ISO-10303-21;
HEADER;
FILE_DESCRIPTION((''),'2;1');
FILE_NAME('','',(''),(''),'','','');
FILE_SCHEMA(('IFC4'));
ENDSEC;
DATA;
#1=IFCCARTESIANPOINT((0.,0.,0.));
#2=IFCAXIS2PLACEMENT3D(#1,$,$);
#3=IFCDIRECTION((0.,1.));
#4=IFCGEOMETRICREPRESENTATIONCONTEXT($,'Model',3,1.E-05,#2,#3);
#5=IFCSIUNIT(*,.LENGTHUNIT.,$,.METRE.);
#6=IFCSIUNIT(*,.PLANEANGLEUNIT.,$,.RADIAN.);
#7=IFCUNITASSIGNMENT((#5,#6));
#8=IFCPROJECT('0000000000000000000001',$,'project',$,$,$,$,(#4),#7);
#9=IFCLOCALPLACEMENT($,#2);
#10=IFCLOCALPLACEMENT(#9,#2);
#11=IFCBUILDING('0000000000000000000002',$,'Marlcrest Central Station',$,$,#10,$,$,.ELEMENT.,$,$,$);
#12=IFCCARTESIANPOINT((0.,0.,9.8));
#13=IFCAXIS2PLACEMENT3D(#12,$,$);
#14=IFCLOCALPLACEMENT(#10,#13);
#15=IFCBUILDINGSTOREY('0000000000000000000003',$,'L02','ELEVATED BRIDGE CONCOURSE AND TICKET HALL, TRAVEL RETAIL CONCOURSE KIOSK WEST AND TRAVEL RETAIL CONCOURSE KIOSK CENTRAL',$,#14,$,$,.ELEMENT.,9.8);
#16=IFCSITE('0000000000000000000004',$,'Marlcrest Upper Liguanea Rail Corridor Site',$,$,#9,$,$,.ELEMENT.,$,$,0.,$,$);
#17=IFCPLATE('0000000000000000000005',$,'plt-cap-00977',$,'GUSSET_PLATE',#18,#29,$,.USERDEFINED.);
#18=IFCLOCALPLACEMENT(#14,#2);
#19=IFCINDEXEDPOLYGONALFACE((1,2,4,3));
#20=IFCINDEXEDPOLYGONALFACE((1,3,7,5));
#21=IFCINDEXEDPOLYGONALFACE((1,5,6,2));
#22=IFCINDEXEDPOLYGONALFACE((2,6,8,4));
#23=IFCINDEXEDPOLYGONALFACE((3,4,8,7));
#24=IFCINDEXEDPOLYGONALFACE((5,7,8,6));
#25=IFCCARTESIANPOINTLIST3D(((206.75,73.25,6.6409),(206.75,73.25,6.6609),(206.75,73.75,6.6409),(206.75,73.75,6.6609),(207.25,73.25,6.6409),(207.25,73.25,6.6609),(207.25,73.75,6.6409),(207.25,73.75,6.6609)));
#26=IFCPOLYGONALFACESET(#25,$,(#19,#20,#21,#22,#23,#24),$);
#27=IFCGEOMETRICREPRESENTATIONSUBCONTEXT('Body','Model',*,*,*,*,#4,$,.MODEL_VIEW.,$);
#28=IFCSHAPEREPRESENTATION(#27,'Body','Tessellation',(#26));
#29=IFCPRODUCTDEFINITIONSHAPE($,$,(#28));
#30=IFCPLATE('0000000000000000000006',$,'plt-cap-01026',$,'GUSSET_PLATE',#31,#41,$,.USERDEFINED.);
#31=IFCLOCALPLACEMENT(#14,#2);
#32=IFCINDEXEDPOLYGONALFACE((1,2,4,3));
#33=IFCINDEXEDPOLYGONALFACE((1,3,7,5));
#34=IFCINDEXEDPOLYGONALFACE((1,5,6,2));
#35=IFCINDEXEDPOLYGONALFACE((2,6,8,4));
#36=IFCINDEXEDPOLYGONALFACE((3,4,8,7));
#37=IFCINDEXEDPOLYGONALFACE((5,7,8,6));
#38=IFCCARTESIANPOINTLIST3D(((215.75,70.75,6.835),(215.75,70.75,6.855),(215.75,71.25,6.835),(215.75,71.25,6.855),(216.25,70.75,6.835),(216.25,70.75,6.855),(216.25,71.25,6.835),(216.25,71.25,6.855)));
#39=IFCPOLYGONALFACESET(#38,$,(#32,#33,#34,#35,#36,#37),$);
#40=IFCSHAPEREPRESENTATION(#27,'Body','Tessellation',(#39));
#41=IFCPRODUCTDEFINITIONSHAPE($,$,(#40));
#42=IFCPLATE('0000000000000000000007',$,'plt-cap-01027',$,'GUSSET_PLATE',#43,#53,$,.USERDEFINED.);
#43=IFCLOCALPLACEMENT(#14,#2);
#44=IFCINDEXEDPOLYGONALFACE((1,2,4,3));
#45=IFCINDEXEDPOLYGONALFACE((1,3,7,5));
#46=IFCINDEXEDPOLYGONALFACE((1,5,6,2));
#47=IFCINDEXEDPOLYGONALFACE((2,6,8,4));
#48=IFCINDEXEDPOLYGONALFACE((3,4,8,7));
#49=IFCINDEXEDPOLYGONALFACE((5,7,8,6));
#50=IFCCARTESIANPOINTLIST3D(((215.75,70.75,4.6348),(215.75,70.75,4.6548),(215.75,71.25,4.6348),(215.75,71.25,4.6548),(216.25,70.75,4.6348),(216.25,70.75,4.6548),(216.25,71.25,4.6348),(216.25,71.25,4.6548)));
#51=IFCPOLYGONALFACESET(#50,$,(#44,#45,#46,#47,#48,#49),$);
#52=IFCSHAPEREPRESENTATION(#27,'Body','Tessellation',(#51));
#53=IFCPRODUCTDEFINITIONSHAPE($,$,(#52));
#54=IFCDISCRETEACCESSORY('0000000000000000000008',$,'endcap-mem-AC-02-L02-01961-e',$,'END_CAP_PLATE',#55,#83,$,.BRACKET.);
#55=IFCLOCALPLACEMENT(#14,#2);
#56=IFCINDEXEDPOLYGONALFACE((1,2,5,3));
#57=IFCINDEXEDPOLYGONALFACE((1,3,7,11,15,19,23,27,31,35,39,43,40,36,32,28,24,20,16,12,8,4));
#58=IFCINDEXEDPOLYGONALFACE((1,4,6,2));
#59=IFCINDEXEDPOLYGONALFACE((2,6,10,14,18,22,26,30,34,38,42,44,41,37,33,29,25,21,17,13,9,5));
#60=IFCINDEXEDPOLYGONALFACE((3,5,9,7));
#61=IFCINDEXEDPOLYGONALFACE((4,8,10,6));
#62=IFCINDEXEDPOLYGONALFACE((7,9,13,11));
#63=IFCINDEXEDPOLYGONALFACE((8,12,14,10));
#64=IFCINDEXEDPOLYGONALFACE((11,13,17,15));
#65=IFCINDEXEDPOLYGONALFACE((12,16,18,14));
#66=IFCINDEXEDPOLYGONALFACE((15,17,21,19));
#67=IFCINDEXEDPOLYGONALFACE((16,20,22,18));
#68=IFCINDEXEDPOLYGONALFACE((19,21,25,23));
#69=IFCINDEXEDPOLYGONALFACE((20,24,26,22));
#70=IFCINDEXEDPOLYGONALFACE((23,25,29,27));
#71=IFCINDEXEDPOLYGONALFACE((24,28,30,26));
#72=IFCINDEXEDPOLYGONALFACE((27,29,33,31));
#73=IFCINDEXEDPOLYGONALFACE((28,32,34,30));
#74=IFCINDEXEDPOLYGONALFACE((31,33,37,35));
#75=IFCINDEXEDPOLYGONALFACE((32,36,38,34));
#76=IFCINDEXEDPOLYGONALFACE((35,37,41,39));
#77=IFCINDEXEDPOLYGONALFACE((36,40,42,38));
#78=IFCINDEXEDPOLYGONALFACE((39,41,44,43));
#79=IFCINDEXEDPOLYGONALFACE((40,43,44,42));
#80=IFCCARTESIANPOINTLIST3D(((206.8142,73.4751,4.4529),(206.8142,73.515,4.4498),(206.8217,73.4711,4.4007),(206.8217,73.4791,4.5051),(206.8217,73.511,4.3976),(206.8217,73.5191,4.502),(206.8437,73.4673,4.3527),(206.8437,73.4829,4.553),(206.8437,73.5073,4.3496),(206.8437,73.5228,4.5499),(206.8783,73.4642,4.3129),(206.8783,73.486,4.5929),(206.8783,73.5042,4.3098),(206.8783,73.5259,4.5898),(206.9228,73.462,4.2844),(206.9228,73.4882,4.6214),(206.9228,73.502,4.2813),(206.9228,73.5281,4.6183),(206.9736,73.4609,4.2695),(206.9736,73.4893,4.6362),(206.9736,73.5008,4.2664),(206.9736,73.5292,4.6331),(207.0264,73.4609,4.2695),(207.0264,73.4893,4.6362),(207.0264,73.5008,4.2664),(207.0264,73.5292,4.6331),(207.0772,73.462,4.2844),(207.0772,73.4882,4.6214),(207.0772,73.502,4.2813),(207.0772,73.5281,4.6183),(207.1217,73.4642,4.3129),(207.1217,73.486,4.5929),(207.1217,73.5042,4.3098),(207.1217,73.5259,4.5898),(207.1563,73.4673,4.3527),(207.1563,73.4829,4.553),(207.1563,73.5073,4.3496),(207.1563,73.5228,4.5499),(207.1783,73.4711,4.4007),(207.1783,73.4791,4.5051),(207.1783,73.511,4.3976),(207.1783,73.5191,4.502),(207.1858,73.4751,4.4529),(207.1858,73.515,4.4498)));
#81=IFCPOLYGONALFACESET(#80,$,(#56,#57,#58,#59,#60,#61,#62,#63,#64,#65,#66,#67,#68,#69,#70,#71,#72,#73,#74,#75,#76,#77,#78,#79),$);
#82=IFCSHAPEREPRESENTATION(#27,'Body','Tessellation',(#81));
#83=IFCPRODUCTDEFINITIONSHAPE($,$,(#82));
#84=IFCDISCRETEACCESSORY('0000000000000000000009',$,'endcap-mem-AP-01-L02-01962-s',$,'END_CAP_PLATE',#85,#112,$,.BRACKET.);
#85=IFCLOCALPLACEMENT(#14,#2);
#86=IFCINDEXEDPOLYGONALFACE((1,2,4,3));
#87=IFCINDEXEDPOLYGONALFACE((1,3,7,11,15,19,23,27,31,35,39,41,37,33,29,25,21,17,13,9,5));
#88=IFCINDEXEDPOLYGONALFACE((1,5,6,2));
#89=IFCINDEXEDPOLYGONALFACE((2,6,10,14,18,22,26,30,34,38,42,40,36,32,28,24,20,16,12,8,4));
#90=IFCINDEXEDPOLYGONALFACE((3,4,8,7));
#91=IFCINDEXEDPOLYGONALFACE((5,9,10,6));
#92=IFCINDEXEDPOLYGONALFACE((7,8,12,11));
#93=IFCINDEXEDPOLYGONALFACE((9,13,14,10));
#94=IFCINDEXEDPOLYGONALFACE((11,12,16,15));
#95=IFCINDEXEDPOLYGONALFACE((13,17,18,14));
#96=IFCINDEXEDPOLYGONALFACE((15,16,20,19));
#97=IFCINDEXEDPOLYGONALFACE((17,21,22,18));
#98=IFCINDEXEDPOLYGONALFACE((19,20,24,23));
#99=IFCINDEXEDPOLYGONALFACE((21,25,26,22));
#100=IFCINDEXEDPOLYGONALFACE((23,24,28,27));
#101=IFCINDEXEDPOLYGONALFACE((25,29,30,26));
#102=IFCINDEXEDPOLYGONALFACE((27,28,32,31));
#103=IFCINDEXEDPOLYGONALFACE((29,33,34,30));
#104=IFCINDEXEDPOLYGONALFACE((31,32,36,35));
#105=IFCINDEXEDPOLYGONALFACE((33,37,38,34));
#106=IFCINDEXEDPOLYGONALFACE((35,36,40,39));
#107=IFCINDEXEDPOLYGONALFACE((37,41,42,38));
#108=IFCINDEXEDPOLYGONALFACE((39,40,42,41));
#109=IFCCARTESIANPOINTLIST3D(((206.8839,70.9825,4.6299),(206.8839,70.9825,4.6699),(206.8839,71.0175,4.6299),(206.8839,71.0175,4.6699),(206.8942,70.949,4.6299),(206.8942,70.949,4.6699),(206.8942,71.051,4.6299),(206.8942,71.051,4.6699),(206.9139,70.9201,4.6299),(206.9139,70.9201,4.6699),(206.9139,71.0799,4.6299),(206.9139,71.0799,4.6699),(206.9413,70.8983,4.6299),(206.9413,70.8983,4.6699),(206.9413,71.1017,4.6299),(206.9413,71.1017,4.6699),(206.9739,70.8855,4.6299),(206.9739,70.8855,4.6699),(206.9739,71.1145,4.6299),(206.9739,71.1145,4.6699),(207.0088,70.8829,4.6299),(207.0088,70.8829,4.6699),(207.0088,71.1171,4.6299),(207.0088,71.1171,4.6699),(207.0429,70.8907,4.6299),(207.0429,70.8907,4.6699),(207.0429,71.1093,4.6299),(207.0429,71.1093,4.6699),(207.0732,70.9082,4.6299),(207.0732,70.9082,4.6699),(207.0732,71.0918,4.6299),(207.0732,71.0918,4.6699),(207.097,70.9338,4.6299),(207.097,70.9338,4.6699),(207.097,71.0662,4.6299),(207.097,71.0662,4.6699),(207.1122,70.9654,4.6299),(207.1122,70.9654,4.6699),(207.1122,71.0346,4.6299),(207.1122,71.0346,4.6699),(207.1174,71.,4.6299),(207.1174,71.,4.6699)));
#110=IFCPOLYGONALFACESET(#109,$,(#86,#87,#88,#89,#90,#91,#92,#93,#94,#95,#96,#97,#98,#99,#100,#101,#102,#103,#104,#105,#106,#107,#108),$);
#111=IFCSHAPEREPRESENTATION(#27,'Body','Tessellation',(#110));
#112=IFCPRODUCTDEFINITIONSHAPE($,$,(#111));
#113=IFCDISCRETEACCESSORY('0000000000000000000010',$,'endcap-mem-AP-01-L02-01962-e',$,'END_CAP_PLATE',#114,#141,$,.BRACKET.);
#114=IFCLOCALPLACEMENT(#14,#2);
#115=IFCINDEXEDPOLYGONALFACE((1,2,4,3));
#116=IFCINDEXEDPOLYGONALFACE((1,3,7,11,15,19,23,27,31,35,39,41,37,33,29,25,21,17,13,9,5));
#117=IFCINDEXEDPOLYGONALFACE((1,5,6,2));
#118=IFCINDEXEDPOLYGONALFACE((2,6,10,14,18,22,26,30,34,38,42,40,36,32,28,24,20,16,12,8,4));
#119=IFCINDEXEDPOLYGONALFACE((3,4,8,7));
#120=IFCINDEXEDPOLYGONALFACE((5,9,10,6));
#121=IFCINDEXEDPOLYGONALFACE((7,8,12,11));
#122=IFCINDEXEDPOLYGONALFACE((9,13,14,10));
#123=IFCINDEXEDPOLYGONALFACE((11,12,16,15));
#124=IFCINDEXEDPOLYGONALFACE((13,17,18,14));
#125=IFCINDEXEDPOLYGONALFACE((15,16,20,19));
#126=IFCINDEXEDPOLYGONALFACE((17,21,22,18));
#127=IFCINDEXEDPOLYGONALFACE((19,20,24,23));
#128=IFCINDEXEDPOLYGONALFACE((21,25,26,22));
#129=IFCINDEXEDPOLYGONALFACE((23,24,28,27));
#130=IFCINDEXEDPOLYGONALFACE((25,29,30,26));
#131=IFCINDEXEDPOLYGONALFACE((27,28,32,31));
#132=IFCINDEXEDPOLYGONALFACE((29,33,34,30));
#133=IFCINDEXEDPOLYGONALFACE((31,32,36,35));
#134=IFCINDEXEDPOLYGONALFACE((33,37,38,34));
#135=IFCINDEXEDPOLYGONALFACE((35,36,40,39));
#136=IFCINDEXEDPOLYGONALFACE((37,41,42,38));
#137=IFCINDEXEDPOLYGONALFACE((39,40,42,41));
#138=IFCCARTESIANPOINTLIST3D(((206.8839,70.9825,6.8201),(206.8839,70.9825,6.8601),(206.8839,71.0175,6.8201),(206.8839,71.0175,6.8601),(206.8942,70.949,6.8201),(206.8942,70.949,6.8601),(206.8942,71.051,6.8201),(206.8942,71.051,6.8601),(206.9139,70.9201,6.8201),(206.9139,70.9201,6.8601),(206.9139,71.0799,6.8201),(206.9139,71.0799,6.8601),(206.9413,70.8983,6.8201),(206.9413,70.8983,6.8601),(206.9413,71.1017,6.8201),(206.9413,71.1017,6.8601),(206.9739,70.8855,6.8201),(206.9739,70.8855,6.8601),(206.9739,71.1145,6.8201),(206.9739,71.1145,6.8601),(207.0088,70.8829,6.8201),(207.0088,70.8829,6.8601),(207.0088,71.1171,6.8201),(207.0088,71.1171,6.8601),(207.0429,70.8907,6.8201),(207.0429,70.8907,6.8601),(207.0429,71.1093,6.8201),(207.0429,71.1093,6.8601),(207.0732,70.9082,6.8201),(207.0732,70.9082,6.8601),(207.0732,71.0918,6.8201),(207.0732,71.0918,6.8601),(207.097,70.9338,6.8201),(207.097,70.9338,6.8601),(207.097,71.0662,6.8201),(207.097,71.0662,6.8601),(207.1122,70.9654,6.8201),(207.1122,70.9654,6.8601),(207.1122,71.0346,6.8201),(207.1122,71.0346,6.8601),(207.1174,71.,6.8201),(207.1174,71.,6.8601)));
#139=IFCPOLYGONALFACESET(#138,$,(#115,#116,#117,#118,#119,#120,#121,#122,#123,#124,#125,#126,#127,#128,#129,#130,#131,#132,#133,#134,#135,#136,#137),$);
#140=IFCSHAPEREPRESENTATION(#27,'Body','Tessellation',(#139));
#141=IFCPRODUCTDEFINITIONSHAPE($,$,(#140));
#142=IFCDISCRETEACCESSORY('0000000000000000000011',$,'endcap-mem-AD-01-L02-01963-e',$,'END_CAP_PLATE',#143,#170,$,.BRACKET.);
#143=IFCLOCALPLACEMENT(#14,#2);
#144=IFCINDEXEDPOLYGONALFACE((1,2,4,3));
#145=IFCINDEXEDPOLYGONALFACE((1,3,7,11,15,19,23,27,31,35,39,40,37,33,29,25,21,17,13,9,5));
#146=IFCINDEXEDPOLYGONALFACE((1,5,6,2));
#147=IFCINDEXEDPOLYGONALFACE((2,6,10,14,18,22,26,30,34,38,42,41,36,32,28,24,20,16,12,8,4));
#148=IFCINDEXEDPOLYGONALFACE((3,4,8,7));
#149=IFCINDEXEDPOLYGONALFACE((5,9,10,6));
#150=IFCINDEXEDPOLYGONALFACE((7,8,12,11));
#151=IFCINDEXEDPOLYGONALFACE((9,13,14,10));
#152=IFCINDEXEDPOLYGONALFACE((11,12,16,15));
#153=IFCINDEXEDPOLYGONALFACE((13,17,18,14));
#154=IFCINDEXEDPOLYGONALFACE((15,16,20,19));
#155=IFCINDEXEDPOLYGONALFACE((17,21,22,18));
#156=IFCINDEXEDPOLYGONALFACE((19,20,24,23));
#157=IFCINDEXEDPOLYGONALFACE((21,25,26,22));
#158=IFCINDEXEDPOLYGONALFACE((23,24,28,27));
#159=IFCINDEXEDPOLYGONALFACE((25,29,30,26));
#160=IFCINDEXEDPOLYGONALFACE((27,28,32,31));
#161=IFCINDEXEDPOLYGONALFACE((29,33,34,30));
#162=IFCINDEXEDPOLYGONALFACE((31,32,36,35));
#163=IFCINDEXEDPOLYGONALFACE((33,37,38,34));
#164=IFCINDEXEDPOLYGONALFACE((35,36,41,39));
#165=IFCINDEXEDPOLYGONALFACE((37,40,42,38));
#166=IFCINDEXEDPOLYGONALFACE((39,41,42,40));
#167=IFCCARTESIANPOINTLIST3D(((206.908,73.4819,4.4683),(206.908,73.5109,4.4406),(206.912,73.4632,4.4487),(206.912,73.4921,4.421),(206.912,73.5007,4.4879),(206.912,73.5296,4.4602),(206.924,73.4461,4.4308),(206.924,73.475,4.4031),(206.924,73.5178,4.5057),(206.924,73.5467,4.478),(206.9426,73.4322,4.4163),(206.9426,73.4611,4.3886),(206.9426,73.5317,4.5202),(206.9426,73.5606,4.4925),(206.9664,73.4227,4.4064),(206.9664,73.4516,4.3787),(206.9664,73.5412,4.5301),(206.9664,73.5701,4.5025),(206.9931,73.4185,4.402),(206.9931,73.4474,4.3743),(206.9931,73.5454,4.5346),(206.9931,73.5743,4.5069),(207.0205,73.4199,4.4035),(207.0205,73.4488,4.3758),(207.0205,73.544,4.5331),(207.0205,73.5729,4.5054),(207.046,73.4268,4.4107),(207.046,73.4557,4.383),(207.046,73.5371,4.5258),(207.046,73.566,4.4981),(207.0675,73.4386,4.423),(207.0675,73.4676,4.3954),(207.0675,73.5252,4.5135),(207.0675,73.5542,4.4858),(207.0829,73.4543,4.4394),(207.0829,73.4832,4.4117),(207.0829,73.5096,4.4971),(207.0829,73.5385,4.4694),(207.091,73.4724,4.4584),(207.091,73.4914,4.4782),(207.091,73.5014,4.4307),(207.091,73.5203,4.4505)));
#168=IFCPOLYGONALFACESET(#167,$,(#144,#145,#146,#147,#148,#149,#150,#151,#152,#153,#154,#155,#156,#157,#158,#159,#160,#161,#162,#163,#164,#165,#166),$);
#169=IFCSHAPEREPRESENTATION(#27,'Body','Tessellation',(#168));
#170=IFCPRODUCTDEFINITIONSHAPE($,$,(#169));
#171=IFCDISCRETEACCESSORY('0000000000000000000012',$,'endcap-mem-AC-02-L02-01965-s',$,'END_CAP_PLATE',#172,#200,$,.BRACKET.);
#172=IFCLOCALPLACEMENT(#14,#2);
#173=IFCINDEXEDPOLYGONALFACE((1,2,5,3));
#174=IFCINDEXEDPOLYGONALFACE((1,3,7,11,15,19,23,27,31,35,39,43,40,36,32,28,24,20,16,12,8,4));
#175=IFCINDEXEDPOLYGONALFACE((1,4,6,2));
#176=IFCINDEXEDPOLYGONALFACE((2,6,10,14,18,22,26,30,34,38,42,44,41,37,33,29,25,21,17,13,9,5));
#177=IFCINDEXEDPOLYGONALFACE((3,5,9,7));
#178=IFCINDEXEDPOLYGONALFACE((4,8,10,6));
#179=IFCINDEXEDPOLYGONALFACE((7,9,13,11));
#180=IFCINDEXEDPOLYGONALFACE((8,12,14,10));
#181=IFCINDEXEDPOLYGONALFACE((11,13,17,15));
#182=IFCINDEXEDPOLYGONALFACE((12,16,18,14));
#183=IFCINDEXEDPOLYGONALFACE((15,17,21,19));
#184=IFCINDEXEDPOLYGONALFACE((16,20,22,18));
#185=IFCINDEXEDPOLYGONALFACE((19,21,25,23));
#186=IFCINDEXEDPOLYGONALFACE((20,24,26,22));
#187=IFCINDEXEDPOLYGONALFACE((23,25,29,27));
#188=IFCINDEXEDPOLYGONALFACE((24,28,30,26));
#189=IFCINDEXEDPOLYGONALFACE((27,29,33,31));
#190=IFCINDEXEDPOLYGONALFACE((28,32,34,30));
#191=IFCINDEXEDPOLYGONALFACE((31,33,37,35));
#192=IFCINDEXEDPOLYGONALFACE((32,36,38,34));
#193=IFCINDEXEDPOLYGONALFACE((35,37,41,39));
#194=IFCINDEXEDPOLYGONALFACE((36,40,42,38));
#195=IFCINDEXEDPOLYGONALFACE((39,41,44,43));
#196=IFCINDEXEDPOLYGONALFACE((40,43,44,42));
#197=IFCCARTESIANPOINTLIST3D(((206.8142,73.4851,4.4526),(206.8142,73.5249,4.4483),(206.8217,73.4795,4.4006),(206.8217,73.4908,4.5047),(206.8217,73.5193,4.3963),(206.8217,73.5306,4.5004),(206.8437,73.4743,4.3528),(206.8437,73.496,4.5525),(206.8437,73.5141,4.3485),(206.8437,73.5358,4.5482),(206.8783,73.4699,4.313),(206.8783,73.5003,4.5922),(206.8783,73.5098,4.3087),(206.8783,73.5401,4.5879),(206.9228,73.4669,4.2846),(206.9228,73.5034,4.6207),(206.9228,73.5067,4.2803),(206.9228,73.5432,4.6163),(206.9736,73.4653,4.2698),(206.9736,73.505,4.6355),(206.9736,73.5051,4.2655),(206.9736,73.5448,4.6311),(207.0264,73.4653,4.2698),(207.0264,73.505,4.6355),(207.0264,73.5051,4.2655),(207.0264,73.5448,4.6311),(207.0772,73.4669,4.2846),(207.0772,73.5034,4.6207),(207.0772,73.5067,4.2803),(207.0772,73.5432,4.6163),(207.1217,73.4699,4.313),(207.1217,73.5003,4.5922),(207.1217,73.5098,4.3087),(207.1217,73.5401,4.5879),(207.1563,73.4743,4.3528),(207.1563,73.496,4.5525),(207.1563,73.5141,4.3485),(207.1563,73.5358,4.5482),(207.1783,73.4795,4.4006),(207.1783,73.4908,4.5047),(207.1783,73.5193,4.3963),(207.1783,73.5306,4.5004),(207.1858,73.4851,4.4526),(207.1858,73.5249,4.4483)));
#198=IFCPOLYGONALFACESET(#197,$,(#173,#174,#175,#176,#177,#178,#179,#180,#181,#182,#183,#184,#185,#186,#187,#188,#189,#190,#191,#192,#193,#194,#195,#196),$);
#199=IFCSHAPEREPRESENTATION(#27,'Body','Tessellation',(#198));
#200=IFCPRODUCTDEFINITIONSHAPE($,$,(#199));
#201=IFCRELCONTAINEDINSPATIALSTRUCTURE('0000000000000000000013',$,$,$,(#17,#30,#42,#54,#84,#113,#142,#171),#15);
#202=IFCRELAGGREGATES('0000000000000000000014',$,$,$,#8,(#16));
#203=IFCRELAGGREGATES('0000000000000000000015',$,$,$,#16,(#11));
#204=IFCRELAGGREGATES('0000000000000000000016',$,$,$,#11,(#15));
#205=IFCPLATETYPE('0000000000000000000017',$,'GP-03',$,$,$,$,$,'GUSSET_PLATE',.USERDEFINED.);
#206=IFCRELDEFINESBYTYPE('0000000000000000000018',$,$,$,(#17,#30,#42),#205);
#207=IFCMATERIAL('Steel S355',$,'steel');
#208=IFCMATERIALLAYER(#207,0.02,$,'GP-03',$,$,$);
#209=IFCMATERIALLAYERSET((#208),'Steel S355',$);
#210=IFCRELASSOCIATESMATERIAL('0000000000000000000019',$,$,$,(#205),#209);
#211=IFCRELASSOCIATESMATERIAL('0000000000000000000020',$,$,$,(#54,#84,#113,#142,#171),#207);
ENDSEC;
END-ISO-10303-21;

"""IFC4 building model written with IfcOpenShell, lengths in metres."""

from ifc_helpers import new_model, si_unit, direction, frame, origin, origin_2d, place, context, subcontext, project, spatial, rectangle, circle, extrude, material, layer, layer_set, type_object, element, save


model = new_model("IFC4")

# Units and contexts
model_context = context("Model", 3, precision=1e-05, world=origin(), true_north=direction((0.0, 1.0)))
body_context = subcontext(model_context, "Body", "Model", "MODEL_VIEW")
ifc_project = project(units=[si_unit("LENGTHUNIT", "METRE"), si_unit("PLANEANGLEUNIT", "RADIAN")], contexts=[model_context])

# Site, building, storey
site_placement = place(None, origin())
site = spatial("IfcSite", under=ifc_project, at=site_placement, Name="Marlcrest Upper Liguanea Rail Corridor Site", CompositionType="ELEMENT", RefElevation=0.0)
building_placement = place(site_placement, origin())
building = spatial("IfcBuilding", under=site, at=building_placement, Name="Marlcrest Central Station", CompositionType="ELEMENT")
storey_placement = place(building_placement, frame((0.0, 0.0, 9.8)))
storey = spatial("IfcBuildingStorey", under=building, at=storey_placement, Name="L02", Description="ELEVATED BRIDGE CONCOURSE AND TICKET HALL, TRAVEL RETAIL CONCOURSE KIOSK WEST AND TRAVEL RETAIL CONCOURSE KIOSK CENTRAL", CompositionType="ELEMENT", Elevation=9.8)

# Shared definitions
ifc_material = material(Name="Steel S355", Category="steel")

# Plates
ifc_layer = layer(ifc_material, 0.02, Name="GP-03")
ifc_layer_set = layer_set([ifc_layer], Name="Steel S355")
plate_type = type_object("IfcPlateType", Name="GP-03", ElementType="GUSSET_PLATE", PredefinedType="USERDEFINED", material=ifc_layer_set)
for number, where, z_axis, x_axis, name in (
    (1, (207.0, 73.5, 6.6409), (0.0, 0.0, 1.0), (1.0, 0.0, 0.0), "plt-cap-00977"),
    (2, (216.0, 71.0, 6.835), (0.0, 0.0, 1.0), (1.0, 0.0, 0.0), "plt-cap-01026"),
    (3, (216.0, 71.0, 4.6348), (0.0, 0.0, 1.0), (1.0, 0.0, 0.0), "plt-cap-01027"),
):
    element("IfcPlate", number, at=place(storey_placement, frame(where, z_axis=z_axis, x_axis=x_axis)), inside=storey, type_object=plate_type, Name=name, ObjectType="GUSSET_PLATE", PredefinedType="USERDEFINED", context=body_context, shape_type="SweptSolid", body=[
        extrude(rectangle(XDim=0.5, YDim=0.5, at=origin_2d()), origin(), (0.0, 0.0, 1.0), 0.02),
    ])

# Discrete accessories
discrete_accessory_1_placement = place(storey_placement, frame((207.0, 73.4751, 4.4529), z_axis=(0.0, 0.997007, -0.077307), x_axis=(-1.0, 0.0, 0.0)))
element("IfcDiscreteAccessory", 4, at=discrete_accessory_1_placement, inside=storey, material=ifc_material, Name="endcap-mem-AC-02-L02-01961-e", ObjectType="END_CAP_PLATE", PredefinedType="BRACKET", context=body_context, shape_type="SweptSolid", body=[
    extrude(circle(Radius=0.1858, at=origin_2d()), origin(), (0.0, 0.0, 1.0), 0.04),
])
for number, where, z_axis, x_axis, name in (
    (5, (207.0, 71.0, 4.6299), (0.0, 0.0, 1.0), (1.0, 0.0, 0.0), "endcap-mem-AP-01-L02-01962-s"),
    (6, (207.0, 71.0, 6.8201), (0.0, 0.0, 1.0), (1.0, 0.0, 0.0), "endcap-mem-AP-01-L02-01962-e"),
):
    element("IfcDiscreteAccessory", number, at=place(storey_placement, frame(where, z_axis=z_axis, x_axis=x_axis)), inside=storey, material=ifc_material, Name=name, ObjectType="END_CAP_PLATE", PredefinedType="BRACKET", context=body_context, shape_type="SweptSolid", body=[
        extrude(circle(Radius=0.1174, at=origin_2d()), origin(), (0.0, 0.0, 1.0), 0.04),
    ])
discrete_accessory_2_placement = place(storey_placement, frame((207.0, 73.4819, 4.4683), z_axis=(0.0, 0.722247, -0.691636), x_axis=(-1.0, 0.0, 0.0)))
element("IfcDiscreteAccessory", 7, at=discrete_accessory_2_placement, inside=storey, material=ifc_material, Name="endcap-mem-AD-01-L02-01963-e", ObjectType="END_CAP_PLATE", PredefinedType="BRACKET", context=body_context, shape_type="SweptSolid", body=[
    extrude(circle(Radius=0.092, at=origin_2d()), origin(), (0.0, 0.0, 1.0), 0.04),
])
discrete_accessory_3_placement = place(storey_placement, frame((207.0, 73.4851, 4.4526), z_axis=(0.0, 0.994155, -0.107959), x_axis=(-1.0, 0.0, 0.0)))
element("IfcDiscreteAccessory", 8, at=discrete_accessory_3_placement, inside=storey, material=ifc_material, Name="endcap-mem-AC-02-L02-01965-s", ObjectType="END_CAP_PLATE", PredefinedType="BRACKET", context=body_context, shape_type="SweptSolid", body=[
    extrude(circle(Radius=0.1858, at=origin_2d()), origin(), (0.0, 0.0, 1.0), 0.04),
])

save(model, "model.ifc")
